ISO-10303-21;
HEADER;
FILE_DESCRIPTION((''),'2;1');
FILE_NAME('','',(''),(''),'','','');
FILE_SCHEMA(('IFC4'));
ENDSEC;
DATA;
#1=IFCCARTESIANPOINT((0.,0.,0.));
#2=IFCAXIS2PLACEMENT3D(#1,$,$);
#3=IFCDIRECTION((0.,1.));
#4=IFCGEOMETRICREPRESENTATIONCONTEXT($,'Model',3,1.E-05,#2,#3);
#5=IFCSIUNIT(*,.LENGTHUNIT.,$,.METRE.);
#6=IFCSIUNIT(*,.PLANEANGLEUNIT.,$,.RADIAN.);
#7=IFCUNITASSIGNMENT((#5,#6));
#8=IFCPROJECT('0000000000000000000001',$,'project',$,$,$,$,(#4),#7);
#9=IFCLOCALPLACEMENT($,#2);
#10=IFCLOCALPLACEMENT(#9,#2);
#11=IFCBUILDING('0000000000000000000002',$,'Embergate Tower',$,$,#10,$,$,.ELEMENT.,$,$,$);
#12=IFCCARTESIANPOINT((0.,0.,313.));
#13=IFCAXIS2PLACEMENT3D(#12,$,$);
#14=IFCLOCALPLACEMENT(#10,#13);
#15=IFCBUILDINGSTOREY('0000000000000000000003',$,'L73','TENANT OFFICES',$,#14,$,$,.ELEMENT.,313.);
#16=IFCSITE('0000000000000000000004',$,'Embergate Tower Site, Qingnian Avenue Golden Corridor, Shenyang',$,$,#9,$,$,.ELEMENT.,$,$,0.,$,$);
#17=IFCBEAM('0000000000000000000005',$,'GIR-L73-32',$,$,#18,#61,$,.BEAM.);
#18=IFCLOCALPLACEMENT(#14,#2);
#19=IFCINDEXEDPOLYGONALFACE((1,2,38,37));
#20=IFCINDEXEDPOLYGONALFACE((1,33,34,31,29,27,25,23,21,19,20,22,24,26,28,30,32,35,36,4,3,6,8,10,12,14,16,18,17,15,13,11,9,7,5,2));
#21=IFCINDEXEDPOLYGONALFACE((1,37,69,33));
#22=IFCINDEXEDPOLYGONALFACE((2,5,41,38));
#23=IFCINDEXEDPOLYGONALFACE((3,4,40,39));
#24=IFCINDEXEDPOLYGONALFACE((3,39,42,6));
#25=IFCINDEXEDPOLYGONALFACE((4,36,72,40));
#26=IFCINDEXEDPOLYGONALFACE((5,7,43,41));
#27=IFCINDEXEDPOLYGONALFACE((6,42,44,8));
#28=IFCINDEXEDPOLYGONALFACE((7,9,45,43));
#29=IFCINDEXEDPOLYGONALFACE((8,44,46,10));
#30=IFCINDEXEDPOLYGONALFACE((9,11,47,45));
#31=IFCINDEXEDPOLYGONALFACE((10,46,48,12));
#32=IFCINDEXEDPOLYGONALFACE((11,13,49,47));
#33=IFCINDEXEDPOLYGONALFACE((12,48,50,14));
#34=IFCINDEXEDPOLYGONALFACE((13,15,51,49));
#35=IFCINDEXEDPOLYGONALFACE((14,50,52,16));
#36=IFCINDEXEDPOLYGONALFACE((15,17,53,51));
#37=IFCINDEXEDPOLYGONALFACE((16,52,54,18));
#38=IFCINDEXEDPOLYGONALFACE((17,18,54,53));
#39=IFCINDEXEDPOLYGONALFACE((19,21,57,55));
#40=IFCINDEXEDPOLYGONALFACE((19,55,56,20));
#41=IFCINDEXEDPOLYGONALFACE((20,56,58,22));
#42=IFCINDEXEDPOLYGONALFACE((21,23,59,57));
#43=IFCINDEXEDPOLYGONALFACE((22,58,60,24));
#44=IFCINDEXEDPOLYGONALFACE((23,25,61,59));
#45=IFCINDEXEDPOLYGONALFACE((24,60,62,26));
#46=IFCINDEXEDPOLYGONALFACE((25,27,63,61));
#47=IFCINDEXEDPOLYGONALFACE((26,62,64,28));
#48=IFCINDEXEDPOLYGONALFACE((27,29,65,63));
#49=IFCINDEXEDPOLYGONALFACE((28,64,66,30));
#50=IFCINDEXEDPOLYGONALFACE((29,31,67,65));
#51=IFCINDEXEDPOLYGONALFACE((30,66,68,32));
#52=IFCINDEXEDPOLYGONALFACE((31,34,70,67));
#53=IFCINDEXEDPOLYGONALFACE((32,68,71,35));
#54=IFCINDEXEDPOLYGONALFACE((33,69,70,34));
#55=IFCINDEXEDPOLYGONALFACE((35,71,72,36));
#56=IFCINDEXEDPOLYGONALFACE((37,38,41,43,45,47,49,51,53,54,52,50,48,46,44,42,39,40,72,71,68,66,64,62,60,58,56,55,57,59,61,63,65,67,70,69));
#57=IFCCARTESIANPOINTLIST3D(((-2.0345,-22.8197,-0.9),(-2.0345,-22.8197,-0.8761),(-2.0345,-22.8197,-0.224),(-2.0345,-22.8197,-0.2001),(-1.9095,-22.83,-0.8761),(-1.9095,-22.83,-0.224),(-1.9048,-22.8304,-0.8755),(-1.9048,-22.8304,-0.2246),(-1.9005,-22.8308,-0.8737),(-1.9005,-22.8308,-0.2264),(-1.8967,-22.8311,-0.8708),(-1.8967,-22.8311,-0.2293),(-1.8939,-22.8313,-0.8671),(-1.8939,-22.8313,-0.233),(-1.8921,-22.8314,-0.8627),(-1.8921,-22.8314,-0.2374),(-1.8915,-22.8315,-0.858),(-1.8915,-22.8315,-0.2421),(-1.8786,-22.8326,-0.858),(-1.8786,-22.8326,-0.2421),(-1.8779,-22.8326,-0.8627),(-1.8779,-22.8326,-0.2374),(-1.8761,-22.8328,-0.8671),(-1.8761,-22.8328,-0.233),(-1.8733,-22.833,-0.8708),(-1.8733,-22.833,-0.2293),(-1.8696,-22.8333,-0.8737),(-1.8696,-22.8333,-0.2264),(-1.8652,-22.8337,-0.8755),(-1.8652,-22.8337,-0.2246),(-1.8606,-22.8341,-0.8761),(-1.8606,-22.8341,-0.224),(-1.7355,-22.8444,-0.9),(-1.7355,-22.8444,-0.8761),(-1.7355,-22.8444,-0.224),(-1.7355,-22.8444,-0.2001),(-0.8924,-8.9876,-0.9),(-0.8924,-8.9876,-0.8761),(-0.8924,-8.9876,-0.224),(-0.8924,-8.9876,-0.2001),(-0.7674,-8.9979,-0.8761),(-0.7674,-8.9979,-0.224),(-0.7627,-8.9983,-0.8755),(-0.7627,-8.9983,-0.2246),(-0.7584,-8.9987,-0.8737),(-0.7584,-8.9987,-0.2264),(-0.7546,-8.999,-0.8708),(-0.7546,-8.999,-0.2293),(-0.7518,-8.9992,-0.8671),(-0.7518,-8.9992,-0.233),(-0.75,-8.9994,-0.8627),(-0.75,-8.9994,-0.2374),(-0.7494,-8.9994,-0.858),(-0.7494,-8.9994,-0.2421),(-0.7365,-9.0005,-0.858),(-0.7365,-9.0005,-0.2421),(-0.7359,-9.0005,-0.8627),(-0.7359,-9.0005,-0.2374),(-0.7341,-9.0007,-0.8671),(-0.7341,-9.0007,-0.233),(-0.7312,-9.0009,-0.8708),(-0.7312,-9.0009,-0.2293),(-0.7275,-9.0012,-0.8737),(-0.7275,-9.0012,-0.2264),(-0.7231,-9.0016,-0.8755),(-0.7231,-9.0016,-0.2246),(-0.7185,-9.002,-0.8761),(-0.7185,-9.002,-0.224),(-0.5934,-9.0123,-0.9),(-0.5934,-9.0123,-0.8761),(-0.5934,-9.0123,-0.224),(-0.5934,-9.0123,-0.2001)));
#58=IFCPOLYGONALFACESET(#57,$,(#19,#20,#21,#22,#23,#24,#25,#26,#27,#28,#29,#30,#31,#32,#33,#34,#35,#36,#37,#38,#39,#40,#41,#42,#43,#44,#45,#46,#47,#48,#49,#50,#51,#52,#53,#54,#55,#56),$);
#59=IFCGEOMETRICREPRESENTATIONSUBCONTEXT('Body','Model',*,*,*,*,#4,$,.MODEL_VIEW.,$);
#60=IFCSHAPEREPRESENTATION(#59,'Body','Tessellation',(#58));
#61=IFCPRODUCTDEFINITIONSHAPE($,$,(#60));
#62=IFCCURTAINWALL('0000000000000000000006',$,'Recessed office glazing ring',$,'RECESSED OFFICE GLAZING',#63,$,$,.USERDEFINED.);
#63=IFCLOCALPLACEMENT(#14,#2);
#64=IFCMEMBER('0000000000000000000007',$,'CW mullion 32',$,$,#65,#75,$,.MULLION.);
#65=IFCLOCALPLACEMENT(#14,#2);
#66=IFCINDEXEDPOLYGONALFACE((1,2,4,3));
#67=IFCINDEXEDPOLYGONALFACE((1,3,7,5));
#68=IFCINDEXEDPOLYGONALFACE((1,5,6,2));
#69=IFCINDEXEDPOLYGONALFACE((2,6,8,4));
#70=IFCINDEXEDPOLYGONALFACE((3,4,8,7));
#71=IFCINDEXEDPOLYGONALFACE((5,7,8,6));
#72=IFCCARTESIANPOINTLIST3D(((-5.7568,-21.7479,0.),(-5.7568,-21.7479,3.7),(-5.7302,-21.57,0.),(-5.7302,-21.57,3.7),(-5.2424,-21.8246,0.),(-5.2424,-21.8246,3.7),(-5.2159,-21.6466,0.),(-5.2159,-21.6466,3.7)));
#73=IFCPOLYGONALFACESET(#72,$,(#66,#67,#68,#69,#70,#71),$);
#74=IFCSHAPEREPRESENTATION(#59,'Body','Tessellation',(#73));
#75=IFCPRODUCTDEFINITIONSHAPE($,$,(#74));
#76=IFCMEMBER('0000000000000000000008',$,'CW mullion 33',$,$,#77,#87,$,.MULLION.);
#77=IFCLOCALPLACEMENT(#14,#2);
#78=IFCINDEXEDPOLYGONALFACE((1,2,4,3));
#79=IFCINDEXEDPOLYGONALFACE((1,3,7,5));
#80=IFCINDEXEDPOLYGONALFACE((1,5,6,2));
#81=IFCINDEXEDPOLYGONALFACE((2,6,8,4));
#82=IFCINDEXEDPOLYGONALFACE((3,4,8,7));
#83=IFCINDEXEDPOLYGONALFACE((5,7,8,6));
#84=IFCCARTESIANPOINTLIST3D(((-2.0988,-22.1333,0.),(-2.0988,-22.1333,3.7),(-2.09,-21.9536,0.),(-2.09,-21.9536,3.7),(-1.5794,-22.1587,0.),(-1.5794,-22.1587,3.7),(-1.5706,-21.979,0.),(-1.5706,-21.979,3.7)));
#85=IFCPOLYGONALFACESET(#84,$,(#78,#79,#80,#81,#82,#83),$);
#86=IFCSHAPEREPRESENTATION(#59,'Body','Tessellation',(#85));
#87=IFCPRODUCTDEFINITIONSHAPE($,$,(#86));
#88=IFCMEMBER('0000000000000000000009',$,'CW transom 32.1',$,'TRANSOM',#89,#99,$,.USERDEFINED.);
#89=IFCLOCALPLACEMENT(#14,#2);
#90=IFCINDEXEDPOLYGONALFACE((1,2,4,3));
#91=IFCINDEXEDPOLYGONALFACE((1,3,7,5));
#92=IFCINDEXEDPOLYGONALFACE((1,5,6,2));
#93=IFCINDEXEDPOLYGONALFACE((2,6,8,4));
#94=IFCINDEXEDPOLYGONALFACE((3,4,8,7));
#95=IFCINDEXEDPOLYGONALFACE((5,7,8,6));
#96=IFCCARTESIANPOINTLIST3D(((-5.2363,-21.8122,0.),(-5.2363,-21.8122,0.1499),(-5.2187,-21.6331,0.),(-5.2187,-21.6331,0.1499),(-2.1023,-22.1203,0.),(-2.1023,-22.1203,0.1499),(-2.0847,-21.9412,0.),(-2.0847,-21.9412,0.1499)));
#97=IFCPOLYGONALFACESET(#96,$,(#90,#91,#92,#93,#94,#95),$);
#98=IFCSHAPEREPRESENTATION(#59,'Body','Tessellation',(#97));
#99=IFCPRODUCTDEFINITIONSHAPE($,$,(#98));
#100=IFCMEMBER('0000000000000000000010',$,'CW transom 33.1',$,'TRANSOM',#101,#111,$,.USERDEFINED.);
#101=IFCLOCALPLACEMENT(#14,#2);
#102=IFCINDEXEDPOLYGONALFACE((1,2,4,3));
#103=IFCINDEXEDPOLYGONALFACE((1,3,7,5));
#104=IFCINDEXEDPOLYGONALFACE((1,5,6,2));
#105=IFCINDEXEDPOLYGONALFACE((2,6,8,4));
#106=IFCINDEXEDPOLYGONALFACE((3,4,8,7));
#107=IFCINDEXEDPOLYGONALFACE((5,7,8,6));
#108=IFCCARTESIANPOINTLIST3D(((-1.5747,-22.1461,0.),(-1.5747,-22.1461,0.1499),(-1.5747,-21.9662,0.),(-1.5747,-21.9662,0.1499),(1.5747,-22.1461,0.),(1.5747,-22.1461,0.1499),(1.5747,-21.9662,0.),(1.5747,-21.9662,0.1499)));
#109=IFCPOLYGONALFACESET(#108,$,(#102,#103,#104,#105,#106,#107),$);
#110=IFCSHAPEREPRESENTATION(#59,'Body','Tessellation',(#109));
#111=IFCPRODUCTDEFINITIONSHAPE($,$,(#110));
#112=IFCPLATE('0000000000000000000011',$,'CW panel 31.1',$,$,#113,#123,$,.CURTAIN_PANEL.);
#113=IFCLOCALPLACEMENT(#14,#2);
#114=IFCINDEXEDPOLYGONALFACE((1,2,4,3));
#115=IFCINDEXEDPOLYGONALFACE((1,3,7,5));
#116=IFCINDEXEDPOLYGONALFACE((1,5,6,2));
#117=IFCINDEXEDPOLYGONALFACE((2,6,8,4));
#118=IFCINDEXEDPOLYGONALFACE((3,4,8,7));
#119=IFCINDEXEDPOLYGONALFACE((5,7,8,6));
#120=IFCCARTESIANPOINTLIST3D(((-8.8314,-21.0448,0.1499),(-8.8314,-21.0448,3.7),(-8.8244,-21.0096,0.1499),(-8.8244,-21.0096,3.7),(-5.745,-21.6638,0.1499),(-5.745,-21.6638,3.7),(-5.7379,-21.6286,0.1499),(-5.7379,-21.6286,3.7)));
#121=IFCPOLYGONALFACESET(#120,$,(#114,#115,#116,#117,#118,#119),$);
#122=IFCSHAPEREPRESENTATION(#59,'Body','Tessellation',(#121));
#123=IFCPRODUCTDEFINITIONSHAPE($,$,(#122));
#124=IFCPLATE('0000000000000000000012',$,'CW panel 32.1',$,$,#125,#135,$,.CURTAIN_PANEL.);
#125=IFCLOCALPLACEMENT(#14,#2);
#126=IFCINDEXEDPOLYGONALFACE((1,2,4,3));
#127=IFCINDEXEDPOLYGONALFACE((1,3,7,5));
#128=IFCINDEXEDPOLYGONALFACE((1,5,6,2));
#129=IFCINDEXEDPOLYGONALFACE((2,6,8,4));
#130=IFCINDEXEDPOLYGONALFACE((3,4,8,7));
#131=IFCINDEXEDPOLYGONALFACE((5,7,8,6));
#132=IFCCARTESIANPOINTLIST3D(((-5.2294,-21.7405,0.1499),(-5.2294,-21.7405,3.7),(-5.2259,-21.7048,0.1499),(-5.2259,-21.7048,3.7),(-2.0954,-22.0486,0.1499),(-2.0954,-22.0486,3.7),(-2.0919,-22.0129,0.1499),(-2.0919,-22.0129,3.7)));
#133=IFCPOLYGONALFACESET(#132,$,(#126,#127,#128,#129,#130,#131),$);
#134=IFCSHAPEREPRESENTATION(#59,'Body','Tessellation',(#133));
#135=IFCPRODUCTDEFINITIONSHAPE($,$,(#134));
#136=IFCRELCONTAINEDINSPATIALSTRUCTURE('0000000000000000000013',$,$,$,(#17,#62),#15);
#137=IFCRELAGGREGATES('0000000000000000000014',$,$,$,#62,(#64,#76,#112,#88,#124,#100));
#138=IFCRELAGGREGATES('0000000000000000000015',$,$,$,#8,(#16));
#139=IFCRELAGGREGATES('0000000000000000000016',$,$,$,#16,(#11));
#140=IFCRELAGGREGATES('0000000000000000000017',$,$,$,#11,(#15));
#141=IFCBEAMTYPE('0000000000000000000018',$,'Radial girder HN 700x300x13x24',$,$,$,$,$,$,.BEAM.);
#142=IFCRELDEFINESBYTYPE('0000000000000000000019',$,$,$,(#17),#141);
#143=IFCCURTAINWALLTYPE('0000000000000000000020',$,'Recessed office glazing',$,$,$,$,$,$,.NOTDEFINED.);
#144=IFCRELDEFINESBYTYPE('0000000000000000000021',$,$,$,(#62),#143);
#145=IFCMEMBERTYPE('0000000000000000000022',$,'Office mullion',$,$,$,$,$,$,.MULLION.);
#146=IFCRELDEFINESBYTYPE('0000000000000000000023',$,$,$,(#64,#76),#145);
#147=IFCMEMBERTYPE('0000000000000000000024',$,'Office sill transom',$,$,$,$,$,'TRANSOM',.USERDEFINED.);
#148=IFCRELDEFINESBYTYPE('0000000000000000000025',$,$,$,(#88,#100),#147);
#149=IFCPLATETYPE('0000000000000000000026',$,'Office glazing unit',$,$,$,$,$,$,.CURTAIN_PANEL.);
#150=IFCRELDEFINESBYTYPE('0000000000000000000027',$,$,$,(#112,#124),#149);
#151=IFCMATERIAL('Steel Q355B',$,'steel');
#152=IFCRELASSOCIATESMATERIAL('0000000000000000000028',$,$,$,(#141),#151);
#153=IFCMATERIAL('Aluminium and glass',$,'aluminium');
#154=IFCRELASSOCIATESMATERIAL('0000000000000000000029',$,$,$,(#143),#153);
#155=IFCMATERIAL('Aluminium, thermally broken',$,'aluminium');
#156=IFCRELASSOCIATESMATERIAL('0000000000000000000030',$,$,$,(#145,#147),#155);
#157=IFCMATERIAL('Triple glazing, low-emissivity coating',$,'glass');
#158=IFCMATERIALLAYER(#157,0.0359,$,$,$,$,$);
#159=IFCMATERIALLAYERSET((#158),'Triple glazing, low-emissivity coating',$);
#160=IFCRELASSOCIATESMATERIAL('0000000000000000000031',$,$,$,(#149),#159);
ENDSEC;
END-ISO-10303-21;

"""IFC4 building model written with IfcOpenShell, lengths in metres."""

from ifc_helpers import new_model, si_unit, direction, frame, origin, origin_2d, place, context, subcontext, project, spatial, rectangle, i_section, extrude, source, transform, mapped, material, layer, layer_set, material_profile, profile_set, type_object, element, aggregate, save


model = new_model("IFC4")

# Units and contexts
model_context = context("Model", 3, precision=1e-05, world=origin(), true_north=direction((0.0, 1.0)))
body_context = subcontext(model_context, "Body", "Model", "MODEL_VIEW")
ifc_project = project(units=[si_unit("LENGTHUNIT", "METRE"), si_unit("PLANEANGLEUNIT", "RADIAN")], contexts=[model_context])

# Site, building, storey
site_placement = place(None, origin())
site = spatial("IfcSite", under=ifc_project, at=site_placement, Name="Embergate Tower Site, Qingnian Avenue Golden Corridor, Shenyang", CompositionType="ELEMENT", RefElevation=0.0)
building_placement = place(site_placement, origin())
building = spatial("IfcBuilding", under=site, at=building_placement, Name="Embergate Tower", CompositionType="ELEMENT")
storey_placement = place(building_placement, frame((0.0, 0.0, 313.0)))
storey = spatial("IfcBuildingStorey", under=building, at=storey_placement, Name="L73", Description="TENANT OFFICES", CompositionType="ELEMENT", Elevation=313.0)

# Beam
ifc_material_1 = material(Name="Steel Q355B", Category="steel")
ifc_material_profile_1 = material_profile(ifc_material_1, i_section(OverallWidth=0.3, OverallDepth=0.7, WebThickness=0.0129, FlangeThickness=0.0239, FilletRadius=0.0181, at=origin_2d()), Name="HN 700x300x13x24")
ifc_profile_set_1 = profile_set([ifc_material_profile_1], Name="Steel Q355 grade B")
beam_type_1 = type_object("IfcBeamType", Name="Radial girder HN 700x300x13x24", PredefinedType="BEAM", material=ifc_profile_set_1)
shared_shape_1 = source(origin(), body_context, "Body", "SweptSolid", [
    extrude(i_section(OverallWidth=0.3, OverallDepth=0.7, WebThickness=0.0129, FlangeThickness=0.0239, FilletRadius=0.0181, at=origin_2d()), origin(), (0.0, 0.0, 1.0), 13.8792),
])
beam_1_placement = place(storey_placement, frame((-1.885, -22.832, -0.55), z_axis=(0.082288, 0.996609, 0.0), x_axis=(-0.996609, 0.082288, 0.0)))
element("IfcBeam", 1, at=beam_1_placement, inside=storey, type_object=beam_type_1, Name="GIR-L73-32", PredefinedType="BEAM", context=body_context, shape_type="MappedRepresentation", body=[
    mapped(shared_shape_1, transform((0.0, 0.0, 0.0))),
])

# Curtain wall, members, plates
ifc_material_2 = material(Name="Aluminium and glass", Category="aluminium")
curtain_wall_type = type_object("IfcCurtainWallType", Name="Recessed office glazing", PredefinedType="NOTDEFINED", material=ifc_material_2)
curtain_wall_placement = place(storey_placement, origin())
curtain_wall = element("IfcCurtainWall", 2, at=curtain_wall_placement, inside=storey, type_object=curtain_wall_type, Name="Recessed office glazing ring", ObjectType="RECESSED OFFICE GLAZING", PredefinedType="USERDEFINED")
ifc_material_3 = material(Name="Aluminium, thermally broken", Category="aluminium")
ifc_material_profile_2 = material_profile(ifc_material_3, rectangle(XDim=0.1799, YDim=0.52, at=origin_2d()), Name="AL 520x180")
ifc_profile_set_2 = profile_set([ifc_material_profile_2], Name="Aluminium, thermally broken")
member_type_1 = type_object("IfcMemberType", Name="Office mullion", PredefinedType="MULLION", material=ifc_profile_set_2)
shared_shape_2 = source(origin(), body_context, "Body", "SweptSolid", [
    extrude(rectangle(XDim=0.1799, YDim=0.52, at=origin_2d()), origin(), (0.0, 0.0, 1.0), 3.7),
])
member_1_placement = place(storey_placement, frame((-5.4863, -21.6973, 0.0), z_axis=(0.0, 0.0, 1.0), x_axis=(0.147411, 0.989075, 0.0)))
member_1 = element("IfcMember", 3, at=member_1_placement, type_object=member_type_1, Name="CW mullion 32", PredefinedType="MULLION", context=body_context, shape_type="MappedRepresentation", body=[
    mapped(shared_shape_2, transform((0.0, 0.0, 0.0))),
])
member_2_placement = place(storey_placement, frame((-1.8347, -22.0562, 0.0), z_axis=(0.0, 0.0, 1.0), x_axis=(0.048972, 0.9988, 0.0)))
member_2 = element("IfcMember", 4, at=member_2_placement, type_object=member_type_1, Name="CW mullion 33", PredefinedType="MULLION", context=body_context, shape_type="MappedRepresentation", body=[
    mapped(shared_shape_2, transform((0.0, 0.0, 0.0))),
])
ifc_material_profile_3 = material_profile(ifc_material_3, rectangle(XDim=0.1799, YDim=0.1499, at=origin_2d()), Name="AL 150x180")
ifc_profile_set_3 = profile_set([ifc_material_profile_3], Name="Aluminium, thermally broken")
member_type_2 = type_object("IfcMemberType", Name="Office sill transom", ElementType="TRANSOM", PredefinedType="USERDEFINED", material=ifc_profile_set_3)
shared_shape_3 = source(origin(), body_context, "Body", "SweptSolid", [
    extrude(rectangle(XDim=0.1799, YDim=0.1499, at=origin_2d()), origin(), (0.0, 0.0, 1.0), 3.1492),
])
member_3_placement = place(storey_placement, frame((-5.2275, -21.7227, 0.075), z_axis=(0.995202, -0.097838, 0.0), x_axis=(0.097838, 0.995202, 0.0)))
member_3 = element("IfcMember", 5, at=member_3_placement, type_object=member_type_2, Name="CW transom 32.1", ObjectType="TRANSOM", PredefinedType="USERDEFINED", context=body_context, shape_type="MappedRepresentation", body=[
    mapped(shared_shape_3, transform((0.0, 0.0, 0.0))),
])
shared_shape_4 = source(origin(), body_context, "Body", "SweptSolid", [
    extrude(rectangle(XDim=0.1799, YDim=0.1499, at=origin_2d()), origin(), (0.0, 0.0, 1.0), 3.1494),
])
member_4_placement = place(storey_placement, frame((-1.5747, -22.0562, 0.075), z_axis=(1.0, 0.0, 0.0), x_axis=(0.0, 1.0, 0.0)))
member_4 = element("IfcMember", 6, at=member_4_placement, type_object=member_type_2, Name="CW transom 33.1", ObjectType="TRANSOM", PredefinedType="USERDEFINED", context=body_context, shape_type="MappedRepresentation", body=[
    mapped(shared_shape_4, transform((0.0, 0.0, 0.0))),
])
ifc_material_4 = material(Name="Triple glazing, low-emissivity coating", Category="glass")
ifc_layer = layer(ifc_material_4, 0.0359)
ifc_layer_set = layer_set([ifc_layer], Name="Triple glazing, low-emissivity coating")
plate_type = type_object("IfcPlateType", Name="Office glazing unit", PredefinedType="CURTAIN_PANEL", material=ifc_layer_set)
shared_shape_5 = source(origin(), body_context, "Body", "SweptSolid", [
    extrude(rectangle(XDim=3.1479, YDim=0.0359, at=origin_2d()), origin(), (0.0, 0.0, 1.0), 3.55),
])
plate_1_placement = place(storey_placement, frame((-7.2847, -21.3367, 0.1499), z_axis=(0.0, 0.0, 1.0), x_axis=(0.980476, -0.196641, 0.0)))
plate_1 = element("IfcPlate", 7, at=plate_1_placement, type_object=plate_type, Name="CW panel 31.1", PredefinedType="CURTAIN_PANEL", context=body_context, shape_type="MappedRepresentation", body=[
    mapped(shared_shape_5, transform((0.0, 0.0, 0.0))),
])
shared_shape_6 = source(origin(), body_context, "Body", "SweptSolid", [
    extrude(rectangle(XDim=3.1492, YDim=0.0359, at=origin_2d()), origin(), (0.0, 0.0, 1.0), 3.55),
])
plate_2_placement = place(storey_placement, frame((-3.6606, -21.8767, 0.1499), z_axis=(0.0, 0.0, 1.0), x_axis=(0.995203, -0.09783, 0.0)))
plate_2 = element("IfcPlate", 8, at=plate_2_placement, type_object=plate_type, Name="CW panel 32.1", PredefinedType="CURTAIN_PANEL", context=body_context, shape_type="MappedRepresentation", body=[
    mapped(shared_shape_6, transform((0.0, 0.0, 0.0))),
])
aggregate(curtain_wall, [member_1, member_2, plate_1, member_3, plate_2, member_4])

save(model, "model.ifc")
